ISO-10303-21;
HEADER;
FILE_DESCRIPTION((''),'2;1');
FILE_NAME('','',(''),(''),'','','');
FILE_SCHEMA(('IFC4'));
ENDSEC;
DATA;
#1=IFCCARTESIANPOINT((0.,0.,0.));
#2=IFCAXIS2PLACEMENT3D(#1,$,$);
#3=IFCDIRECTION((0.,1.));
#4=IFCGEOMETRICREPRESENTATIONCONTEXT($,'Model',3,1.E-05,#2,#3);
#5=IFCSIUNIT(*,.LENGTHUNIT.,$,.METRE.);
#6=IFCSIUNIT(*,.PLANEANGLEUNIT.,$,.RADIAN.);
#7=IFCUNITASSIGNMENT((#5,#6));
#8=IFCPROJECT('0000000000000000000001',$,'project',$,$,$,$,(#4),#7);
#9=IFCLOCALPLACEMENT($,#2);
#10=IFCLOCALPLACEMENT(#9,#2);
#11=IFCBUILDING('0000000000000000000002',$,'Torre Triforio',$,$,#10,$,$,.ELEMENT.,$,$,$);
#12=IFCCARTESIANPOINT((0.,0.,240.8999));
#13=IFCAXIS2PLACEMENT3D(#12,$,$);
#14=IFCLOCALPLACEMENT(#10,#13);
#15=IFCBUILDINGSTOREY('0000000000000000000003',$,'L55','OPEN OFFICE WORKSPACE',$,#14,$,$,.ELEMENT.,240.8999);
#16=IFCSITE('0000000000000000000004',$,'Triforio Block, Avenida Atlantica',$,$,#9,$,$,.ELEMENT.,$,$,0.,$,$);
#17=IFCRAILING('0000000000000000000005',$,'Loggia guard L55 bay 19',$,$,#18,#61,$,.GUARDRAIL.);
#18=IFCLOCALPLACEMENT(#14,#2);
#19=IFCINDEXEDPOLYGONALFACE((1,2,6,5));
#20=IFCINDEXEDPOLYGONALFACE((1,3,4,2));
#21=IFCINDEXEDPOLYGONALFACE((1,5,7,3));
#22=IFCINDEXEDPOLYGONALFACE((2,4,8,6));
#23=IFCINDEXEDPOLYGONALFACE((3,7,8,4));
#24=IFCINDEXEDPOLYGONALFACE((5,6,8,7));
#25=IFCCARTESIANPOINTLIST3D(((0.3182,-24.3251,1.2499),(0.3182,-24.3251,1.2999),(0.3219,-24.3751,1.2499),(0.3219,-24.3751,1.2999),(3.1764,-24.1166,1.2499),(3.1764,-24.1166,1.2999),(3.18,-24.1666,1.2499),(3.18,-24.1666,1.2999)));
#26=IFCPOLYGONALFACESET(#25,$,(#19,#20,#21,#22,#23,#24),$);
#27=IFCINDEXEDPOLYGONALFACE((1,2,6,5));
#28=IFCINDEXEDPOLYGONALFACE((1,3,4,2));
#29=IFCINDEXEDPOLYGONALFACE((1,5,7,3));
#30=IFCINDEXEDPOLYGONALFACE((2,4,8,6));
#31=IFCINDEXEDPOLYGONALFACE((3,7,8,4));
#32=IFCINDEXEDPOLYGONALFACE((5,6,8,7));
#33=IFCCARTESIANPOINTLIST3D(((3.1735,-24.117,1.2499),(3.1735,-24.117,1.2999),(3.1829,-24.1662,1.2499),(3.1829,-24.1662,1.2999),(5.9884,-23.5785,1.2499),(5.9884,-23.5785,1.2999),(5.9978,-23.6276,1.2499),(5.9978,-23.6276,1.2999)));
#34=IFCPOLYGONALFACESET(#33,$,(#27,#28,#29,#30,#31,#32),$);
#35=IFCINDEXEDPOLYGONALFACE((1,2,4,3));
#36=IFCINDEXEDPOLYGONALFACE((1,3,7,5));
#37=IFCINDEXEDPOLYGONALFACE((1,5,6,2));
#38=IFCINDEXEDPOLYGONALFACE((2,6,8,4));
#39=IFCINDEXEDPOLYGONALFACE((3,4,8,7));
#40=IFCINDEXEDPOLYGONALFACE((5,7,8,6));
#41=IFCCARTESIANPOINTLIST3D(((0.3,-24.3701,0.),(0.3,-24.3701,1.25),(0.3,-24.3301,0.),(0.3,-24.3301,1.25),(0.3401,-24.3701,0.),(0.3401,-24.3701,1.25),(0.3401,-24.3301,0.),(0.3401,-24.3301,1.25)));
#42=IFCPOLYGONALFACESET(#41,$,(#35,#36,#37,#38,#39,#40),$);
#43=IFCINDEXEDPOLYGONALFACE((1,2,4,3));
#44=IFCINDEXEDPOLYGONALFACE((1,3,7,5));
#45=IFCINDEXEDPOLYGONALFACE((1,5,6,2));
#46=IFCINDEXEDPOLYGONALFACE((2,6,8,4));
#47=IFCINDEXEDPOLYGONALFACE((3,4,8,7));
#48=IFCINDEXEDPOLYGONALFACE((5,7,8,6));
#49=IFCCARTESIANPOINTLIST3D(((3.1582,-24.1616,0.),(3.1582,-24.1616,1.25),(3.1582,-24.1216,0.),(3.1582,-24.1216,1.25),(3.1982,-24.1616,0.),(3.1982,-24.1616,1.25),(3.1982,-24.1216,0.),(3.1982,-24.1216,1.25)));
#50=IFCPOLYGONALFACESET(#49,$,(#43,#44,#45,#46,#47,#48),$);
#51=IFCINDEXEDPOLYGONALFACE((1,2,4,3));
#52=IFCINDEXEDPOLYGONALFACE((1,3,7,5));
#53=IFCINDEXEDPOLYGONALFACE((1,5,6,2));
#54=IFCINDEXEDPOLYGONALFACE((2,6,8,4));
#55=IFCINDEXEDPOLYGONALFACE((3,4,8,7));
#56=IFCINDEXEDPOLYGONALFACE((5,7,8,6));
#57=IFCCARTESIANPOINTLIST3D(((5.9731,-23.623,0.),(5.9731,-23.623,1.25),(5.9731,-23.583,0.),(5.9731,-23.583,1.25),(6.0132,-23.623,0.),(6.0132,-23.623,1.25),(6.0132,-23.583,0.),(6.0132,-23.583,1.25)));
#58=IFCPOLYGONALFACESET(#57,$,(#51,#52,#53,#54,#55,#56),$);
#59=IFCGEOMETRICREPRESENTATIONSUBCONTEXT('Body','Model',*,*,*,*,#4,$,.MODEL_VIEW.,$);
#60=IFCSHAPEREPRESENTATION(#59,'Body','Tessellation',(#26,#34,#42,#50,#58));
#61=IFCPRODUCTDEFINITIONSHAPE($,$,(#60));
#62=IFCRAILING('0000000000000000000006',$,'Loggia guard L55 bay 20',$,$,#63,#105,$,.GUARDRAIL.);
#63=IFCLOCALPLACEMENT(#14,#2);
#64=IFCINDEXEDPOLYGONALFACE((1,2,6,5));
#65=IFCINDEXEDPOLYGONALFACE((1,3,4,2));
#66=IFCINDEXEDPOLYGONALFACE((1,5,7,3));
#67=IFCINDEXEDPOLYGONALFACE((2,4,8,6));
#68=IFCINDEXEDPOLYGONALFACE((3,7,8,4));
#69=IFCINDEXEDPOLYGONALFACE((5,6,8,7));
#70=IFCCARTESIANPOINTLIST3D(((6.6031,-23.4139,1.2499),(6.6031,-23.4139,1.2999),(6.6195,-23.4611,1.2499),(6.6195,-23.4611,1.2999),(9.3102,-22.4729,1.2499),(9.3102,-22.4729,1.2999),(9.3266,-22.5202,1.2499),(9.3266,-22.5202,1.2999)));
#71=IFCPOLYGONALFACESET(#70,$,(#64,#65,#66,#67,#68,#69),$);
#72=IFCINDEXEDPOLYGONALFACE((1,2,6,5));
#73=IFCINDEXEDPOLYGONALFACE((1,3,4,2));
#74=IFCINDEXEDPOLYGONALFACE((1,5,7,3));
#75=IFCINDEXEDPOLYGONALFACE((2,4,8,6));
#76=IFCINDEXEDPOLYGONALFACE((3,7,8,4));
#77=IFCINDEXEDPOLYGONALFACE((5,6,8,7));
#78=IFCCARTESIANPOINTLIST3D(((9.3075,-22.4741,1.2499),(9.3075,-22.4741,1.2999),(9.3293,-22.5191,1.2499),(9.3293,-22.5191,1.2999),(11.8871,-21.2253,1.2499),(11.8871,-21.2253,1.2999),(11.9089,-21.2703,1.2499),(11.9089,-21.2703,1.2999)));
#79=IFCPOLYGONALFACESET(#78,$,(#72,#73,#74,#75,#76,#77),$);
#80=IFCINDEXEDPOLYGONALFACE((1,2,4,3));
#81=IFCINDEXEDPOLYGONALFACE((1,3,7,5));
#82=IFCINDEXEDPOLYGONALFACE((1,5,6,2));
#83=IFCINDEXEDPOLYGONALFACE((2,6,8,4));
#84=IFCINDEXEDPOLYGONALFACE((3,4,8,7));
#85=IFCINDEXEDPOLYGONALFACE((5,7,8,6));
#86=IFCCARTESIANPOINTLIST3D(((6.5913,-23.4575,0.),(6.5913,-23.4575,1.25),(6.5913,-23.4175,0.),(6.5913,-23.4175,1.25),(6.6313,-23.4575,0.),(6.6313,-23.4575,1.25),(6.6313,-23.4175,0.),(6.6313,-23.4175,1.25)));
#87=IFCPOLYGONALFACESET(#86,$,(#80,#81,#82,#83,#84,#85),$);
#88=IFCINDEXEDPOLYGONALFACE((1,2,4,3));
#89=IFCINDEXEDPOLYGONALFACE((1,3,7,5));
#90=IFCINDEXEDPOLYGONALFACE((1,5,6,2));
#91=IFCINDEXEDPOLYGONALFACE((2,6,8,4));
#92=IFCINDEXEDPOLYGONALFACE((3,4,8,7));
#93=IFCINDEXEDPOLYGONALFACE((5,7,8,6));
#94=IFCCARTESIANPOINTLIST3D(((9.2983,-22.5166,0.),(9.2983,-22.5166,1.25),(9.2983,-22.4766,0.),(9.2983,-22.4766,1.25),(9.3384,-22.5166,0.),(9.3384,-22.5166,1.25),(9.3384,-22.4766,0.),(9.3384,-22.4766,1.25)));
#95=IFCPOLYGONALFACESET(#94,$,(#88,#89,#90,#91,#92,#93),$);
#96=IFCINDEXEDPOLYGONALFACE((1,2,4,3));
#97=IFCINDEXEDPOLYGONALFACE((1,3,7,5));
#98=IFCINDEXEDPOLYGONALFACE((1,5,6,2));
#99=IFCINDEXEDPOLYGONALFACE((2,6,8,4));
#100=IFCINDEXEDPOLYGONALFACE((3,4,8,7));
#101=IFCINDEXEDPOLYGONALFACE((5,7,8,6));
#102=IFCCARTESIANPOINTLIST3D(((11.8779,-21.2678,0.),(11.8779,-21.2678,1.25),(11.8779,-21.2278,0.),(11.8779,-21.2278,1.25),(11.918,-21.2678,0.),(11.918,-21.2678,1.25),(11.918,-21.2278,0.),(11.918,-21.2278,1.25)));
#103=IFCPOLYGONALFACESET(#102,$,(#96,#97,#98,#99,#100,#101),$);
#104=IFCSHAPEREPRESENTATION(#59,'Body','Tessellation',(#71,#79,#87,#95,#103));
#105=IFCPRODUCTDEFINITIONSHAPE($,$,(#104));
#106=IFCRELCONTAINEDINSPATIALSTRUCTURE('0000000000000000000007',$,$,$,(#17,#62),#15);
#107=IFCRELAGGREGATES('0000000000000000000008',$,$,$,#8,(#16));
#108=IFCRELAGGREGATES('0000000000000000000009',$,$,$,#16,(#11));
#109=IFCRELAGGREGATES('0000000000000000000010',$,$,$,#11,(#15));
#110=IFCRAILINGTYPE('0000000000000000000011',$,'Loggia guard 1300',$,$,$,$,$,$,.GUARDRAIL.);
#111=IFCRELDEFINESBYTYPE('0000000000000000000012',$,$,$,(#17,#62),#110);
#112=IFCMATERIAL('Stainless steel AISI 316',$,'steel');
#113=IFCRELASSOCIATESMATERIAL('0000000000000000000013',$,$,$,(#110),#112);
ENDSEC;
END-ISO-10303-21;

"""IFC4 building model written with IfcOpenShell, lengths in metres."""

from ifc_helpers import new_model, si_unit, direction, frame, origin, origin_2d, place, context, subcontext, project, spatial, rectangle, extrude, material, type_object, element, save


model = new_model("IFC4")

# Units and contexts
model_context = context("Model", 3, precision=1e-05, world=origin(), true_north=direction((0.0, 1.0)))
body_context = subcontext(model_context, "Body", "Model", "MODEL_VIEW")
ifc_project = project(units=[si_unit("LENGTHUNIT", "METRE"), si_unit("PLANEANGLEUNIT", "RADIAN")], contexts=[model_context])

# Site, building, storey
site_placement = place(None, origin())
site = spatial("IfcSite", under=ifc_project, at=site_placement, Name="Triforio Block, Avenida Atlantica", CompositionType="ELEMENT", RefElevation=0.0)
building_placement = place(site_placement, origin())
building = spatial("IfcBuilding", under=site, at=building_placement, Name="Torre Triforio", CompositionType="ELEMENT")
storey_placement = place(building_placement, frame((0.0, 0.0, 240.8999)))
storey = spatial("IfcBuildingStorey", under=building, at=storey_placement, Name="L55", Description="OPEN OFFICE WORKSPACE", CompositionType="ELEMENT", Elevation=240.8999)

# Railings
ifc_material_1 = material(Name="Stainless steel AISI 316", Category="steel")
railing_type = type_object("IfcRailingType", Name="Loggia guard 1300", PredefinedType="GUARDRAIL", material=ifc_material_1)
railing_1_placement = place(storey_placement, frame((0.3201, -24.3501, 0.0)))
element("IfcRailing", 1, at=railing_1_placement, inside=storey, type_object=railing_type, Name="Loggia guard L55 bay 19", PredefinedType="GUARDRAIL", context=body_context, shape_type="SweptSolid", body=[
    extrude(rectangle(XDim=0.05, YDim=0.05, at=origin_2d()), frame((0.0, 0.0, 1.2749), z_axis=(0.99735, 0.072754, 0.0), x_axis=(-0.072754, 0.99735, 0.0)), (0.0, 0.0, 1.0), 2.8657),
    extrude(rectangle(XDim=0.05, YDim=0.05, at=origin_2d()), frame((2.8582, 0.2085, 1.2749), z_axis=(0.982185, 0.187918, 0.0), x_axis=(-0.187918, 0.982185, 0.0)), (0.0, 0.0, 1.0), 2.866),
    extrude(rectangle(XDim=0.04, YDim=0.04, at=origin_2d()), origin(), (0.0, 0.0, 1.0), 1.25),
    extrude(rectangle(XDim=0.04, YDim=0.04, at=origin_2d()), frame((2.8582, 0.2085, 0.0)), (0.0, 0.0, 1.0), 1.25),
    extrude(rectangle(XDim=0.04, YDim=0.04, at=origin_2d()), frame((5.6731, 0.7471, 0.0)), (0.0, 0.0, 1.0), 1.25),
])
railing_2_placement = place(storey_placement, frame((6.6113, -23.4375, 0.0)))
element("IfcRailing", 2, at=railing_2_placement, inside=storey, type_object=railing_type, Name="Loggia guard L55 bay 20", PredefinedType="GUARDRAIL", context=body_context, shape_type="SweptSolid", body=[
    extrude(rectangle(XDim=0.05, YDim=0.05, at=origin_2d()), frame((0.0, 0.0, 1.2749), z_axis=(0.944568, 0.328316, 0.0), x_axis=(-0.328316, 0.944568, 0.0)), (0.0, 0.0, 1.0), 2.866),
    extrude(rectangle(XDim=0.05, YDim=0.05, at=origin_2d()), frame((2.707, 0.9409, 1.2749), z_axis=(0.900078, 0.435728, 0.0), x_axis=(-0.435728, 0.900078, 0.0)), (0.0, 0.0, 1.0), 2.866),
    extrude(rectangle(XDim=0.04, YDim=0.04, at=origin_2d()), origin(), (0.0, 0.0, 1.0), 1.25),
    extrude(rectangle(XDim=0.04, YDim=0.04, at=origin_2d()), frame((2.707, 0.9409, 0.0)), (0.0, 0.0, 1.0), 1.25),
    extrude(rectangle(XDim=0.04, YDim=0.04, at=origin_2d()), frame((5.2866, 2.1897, 0.0)), (0.0, 0.0, 1.0), 1.25),
])

save(model, "model.ifc")
